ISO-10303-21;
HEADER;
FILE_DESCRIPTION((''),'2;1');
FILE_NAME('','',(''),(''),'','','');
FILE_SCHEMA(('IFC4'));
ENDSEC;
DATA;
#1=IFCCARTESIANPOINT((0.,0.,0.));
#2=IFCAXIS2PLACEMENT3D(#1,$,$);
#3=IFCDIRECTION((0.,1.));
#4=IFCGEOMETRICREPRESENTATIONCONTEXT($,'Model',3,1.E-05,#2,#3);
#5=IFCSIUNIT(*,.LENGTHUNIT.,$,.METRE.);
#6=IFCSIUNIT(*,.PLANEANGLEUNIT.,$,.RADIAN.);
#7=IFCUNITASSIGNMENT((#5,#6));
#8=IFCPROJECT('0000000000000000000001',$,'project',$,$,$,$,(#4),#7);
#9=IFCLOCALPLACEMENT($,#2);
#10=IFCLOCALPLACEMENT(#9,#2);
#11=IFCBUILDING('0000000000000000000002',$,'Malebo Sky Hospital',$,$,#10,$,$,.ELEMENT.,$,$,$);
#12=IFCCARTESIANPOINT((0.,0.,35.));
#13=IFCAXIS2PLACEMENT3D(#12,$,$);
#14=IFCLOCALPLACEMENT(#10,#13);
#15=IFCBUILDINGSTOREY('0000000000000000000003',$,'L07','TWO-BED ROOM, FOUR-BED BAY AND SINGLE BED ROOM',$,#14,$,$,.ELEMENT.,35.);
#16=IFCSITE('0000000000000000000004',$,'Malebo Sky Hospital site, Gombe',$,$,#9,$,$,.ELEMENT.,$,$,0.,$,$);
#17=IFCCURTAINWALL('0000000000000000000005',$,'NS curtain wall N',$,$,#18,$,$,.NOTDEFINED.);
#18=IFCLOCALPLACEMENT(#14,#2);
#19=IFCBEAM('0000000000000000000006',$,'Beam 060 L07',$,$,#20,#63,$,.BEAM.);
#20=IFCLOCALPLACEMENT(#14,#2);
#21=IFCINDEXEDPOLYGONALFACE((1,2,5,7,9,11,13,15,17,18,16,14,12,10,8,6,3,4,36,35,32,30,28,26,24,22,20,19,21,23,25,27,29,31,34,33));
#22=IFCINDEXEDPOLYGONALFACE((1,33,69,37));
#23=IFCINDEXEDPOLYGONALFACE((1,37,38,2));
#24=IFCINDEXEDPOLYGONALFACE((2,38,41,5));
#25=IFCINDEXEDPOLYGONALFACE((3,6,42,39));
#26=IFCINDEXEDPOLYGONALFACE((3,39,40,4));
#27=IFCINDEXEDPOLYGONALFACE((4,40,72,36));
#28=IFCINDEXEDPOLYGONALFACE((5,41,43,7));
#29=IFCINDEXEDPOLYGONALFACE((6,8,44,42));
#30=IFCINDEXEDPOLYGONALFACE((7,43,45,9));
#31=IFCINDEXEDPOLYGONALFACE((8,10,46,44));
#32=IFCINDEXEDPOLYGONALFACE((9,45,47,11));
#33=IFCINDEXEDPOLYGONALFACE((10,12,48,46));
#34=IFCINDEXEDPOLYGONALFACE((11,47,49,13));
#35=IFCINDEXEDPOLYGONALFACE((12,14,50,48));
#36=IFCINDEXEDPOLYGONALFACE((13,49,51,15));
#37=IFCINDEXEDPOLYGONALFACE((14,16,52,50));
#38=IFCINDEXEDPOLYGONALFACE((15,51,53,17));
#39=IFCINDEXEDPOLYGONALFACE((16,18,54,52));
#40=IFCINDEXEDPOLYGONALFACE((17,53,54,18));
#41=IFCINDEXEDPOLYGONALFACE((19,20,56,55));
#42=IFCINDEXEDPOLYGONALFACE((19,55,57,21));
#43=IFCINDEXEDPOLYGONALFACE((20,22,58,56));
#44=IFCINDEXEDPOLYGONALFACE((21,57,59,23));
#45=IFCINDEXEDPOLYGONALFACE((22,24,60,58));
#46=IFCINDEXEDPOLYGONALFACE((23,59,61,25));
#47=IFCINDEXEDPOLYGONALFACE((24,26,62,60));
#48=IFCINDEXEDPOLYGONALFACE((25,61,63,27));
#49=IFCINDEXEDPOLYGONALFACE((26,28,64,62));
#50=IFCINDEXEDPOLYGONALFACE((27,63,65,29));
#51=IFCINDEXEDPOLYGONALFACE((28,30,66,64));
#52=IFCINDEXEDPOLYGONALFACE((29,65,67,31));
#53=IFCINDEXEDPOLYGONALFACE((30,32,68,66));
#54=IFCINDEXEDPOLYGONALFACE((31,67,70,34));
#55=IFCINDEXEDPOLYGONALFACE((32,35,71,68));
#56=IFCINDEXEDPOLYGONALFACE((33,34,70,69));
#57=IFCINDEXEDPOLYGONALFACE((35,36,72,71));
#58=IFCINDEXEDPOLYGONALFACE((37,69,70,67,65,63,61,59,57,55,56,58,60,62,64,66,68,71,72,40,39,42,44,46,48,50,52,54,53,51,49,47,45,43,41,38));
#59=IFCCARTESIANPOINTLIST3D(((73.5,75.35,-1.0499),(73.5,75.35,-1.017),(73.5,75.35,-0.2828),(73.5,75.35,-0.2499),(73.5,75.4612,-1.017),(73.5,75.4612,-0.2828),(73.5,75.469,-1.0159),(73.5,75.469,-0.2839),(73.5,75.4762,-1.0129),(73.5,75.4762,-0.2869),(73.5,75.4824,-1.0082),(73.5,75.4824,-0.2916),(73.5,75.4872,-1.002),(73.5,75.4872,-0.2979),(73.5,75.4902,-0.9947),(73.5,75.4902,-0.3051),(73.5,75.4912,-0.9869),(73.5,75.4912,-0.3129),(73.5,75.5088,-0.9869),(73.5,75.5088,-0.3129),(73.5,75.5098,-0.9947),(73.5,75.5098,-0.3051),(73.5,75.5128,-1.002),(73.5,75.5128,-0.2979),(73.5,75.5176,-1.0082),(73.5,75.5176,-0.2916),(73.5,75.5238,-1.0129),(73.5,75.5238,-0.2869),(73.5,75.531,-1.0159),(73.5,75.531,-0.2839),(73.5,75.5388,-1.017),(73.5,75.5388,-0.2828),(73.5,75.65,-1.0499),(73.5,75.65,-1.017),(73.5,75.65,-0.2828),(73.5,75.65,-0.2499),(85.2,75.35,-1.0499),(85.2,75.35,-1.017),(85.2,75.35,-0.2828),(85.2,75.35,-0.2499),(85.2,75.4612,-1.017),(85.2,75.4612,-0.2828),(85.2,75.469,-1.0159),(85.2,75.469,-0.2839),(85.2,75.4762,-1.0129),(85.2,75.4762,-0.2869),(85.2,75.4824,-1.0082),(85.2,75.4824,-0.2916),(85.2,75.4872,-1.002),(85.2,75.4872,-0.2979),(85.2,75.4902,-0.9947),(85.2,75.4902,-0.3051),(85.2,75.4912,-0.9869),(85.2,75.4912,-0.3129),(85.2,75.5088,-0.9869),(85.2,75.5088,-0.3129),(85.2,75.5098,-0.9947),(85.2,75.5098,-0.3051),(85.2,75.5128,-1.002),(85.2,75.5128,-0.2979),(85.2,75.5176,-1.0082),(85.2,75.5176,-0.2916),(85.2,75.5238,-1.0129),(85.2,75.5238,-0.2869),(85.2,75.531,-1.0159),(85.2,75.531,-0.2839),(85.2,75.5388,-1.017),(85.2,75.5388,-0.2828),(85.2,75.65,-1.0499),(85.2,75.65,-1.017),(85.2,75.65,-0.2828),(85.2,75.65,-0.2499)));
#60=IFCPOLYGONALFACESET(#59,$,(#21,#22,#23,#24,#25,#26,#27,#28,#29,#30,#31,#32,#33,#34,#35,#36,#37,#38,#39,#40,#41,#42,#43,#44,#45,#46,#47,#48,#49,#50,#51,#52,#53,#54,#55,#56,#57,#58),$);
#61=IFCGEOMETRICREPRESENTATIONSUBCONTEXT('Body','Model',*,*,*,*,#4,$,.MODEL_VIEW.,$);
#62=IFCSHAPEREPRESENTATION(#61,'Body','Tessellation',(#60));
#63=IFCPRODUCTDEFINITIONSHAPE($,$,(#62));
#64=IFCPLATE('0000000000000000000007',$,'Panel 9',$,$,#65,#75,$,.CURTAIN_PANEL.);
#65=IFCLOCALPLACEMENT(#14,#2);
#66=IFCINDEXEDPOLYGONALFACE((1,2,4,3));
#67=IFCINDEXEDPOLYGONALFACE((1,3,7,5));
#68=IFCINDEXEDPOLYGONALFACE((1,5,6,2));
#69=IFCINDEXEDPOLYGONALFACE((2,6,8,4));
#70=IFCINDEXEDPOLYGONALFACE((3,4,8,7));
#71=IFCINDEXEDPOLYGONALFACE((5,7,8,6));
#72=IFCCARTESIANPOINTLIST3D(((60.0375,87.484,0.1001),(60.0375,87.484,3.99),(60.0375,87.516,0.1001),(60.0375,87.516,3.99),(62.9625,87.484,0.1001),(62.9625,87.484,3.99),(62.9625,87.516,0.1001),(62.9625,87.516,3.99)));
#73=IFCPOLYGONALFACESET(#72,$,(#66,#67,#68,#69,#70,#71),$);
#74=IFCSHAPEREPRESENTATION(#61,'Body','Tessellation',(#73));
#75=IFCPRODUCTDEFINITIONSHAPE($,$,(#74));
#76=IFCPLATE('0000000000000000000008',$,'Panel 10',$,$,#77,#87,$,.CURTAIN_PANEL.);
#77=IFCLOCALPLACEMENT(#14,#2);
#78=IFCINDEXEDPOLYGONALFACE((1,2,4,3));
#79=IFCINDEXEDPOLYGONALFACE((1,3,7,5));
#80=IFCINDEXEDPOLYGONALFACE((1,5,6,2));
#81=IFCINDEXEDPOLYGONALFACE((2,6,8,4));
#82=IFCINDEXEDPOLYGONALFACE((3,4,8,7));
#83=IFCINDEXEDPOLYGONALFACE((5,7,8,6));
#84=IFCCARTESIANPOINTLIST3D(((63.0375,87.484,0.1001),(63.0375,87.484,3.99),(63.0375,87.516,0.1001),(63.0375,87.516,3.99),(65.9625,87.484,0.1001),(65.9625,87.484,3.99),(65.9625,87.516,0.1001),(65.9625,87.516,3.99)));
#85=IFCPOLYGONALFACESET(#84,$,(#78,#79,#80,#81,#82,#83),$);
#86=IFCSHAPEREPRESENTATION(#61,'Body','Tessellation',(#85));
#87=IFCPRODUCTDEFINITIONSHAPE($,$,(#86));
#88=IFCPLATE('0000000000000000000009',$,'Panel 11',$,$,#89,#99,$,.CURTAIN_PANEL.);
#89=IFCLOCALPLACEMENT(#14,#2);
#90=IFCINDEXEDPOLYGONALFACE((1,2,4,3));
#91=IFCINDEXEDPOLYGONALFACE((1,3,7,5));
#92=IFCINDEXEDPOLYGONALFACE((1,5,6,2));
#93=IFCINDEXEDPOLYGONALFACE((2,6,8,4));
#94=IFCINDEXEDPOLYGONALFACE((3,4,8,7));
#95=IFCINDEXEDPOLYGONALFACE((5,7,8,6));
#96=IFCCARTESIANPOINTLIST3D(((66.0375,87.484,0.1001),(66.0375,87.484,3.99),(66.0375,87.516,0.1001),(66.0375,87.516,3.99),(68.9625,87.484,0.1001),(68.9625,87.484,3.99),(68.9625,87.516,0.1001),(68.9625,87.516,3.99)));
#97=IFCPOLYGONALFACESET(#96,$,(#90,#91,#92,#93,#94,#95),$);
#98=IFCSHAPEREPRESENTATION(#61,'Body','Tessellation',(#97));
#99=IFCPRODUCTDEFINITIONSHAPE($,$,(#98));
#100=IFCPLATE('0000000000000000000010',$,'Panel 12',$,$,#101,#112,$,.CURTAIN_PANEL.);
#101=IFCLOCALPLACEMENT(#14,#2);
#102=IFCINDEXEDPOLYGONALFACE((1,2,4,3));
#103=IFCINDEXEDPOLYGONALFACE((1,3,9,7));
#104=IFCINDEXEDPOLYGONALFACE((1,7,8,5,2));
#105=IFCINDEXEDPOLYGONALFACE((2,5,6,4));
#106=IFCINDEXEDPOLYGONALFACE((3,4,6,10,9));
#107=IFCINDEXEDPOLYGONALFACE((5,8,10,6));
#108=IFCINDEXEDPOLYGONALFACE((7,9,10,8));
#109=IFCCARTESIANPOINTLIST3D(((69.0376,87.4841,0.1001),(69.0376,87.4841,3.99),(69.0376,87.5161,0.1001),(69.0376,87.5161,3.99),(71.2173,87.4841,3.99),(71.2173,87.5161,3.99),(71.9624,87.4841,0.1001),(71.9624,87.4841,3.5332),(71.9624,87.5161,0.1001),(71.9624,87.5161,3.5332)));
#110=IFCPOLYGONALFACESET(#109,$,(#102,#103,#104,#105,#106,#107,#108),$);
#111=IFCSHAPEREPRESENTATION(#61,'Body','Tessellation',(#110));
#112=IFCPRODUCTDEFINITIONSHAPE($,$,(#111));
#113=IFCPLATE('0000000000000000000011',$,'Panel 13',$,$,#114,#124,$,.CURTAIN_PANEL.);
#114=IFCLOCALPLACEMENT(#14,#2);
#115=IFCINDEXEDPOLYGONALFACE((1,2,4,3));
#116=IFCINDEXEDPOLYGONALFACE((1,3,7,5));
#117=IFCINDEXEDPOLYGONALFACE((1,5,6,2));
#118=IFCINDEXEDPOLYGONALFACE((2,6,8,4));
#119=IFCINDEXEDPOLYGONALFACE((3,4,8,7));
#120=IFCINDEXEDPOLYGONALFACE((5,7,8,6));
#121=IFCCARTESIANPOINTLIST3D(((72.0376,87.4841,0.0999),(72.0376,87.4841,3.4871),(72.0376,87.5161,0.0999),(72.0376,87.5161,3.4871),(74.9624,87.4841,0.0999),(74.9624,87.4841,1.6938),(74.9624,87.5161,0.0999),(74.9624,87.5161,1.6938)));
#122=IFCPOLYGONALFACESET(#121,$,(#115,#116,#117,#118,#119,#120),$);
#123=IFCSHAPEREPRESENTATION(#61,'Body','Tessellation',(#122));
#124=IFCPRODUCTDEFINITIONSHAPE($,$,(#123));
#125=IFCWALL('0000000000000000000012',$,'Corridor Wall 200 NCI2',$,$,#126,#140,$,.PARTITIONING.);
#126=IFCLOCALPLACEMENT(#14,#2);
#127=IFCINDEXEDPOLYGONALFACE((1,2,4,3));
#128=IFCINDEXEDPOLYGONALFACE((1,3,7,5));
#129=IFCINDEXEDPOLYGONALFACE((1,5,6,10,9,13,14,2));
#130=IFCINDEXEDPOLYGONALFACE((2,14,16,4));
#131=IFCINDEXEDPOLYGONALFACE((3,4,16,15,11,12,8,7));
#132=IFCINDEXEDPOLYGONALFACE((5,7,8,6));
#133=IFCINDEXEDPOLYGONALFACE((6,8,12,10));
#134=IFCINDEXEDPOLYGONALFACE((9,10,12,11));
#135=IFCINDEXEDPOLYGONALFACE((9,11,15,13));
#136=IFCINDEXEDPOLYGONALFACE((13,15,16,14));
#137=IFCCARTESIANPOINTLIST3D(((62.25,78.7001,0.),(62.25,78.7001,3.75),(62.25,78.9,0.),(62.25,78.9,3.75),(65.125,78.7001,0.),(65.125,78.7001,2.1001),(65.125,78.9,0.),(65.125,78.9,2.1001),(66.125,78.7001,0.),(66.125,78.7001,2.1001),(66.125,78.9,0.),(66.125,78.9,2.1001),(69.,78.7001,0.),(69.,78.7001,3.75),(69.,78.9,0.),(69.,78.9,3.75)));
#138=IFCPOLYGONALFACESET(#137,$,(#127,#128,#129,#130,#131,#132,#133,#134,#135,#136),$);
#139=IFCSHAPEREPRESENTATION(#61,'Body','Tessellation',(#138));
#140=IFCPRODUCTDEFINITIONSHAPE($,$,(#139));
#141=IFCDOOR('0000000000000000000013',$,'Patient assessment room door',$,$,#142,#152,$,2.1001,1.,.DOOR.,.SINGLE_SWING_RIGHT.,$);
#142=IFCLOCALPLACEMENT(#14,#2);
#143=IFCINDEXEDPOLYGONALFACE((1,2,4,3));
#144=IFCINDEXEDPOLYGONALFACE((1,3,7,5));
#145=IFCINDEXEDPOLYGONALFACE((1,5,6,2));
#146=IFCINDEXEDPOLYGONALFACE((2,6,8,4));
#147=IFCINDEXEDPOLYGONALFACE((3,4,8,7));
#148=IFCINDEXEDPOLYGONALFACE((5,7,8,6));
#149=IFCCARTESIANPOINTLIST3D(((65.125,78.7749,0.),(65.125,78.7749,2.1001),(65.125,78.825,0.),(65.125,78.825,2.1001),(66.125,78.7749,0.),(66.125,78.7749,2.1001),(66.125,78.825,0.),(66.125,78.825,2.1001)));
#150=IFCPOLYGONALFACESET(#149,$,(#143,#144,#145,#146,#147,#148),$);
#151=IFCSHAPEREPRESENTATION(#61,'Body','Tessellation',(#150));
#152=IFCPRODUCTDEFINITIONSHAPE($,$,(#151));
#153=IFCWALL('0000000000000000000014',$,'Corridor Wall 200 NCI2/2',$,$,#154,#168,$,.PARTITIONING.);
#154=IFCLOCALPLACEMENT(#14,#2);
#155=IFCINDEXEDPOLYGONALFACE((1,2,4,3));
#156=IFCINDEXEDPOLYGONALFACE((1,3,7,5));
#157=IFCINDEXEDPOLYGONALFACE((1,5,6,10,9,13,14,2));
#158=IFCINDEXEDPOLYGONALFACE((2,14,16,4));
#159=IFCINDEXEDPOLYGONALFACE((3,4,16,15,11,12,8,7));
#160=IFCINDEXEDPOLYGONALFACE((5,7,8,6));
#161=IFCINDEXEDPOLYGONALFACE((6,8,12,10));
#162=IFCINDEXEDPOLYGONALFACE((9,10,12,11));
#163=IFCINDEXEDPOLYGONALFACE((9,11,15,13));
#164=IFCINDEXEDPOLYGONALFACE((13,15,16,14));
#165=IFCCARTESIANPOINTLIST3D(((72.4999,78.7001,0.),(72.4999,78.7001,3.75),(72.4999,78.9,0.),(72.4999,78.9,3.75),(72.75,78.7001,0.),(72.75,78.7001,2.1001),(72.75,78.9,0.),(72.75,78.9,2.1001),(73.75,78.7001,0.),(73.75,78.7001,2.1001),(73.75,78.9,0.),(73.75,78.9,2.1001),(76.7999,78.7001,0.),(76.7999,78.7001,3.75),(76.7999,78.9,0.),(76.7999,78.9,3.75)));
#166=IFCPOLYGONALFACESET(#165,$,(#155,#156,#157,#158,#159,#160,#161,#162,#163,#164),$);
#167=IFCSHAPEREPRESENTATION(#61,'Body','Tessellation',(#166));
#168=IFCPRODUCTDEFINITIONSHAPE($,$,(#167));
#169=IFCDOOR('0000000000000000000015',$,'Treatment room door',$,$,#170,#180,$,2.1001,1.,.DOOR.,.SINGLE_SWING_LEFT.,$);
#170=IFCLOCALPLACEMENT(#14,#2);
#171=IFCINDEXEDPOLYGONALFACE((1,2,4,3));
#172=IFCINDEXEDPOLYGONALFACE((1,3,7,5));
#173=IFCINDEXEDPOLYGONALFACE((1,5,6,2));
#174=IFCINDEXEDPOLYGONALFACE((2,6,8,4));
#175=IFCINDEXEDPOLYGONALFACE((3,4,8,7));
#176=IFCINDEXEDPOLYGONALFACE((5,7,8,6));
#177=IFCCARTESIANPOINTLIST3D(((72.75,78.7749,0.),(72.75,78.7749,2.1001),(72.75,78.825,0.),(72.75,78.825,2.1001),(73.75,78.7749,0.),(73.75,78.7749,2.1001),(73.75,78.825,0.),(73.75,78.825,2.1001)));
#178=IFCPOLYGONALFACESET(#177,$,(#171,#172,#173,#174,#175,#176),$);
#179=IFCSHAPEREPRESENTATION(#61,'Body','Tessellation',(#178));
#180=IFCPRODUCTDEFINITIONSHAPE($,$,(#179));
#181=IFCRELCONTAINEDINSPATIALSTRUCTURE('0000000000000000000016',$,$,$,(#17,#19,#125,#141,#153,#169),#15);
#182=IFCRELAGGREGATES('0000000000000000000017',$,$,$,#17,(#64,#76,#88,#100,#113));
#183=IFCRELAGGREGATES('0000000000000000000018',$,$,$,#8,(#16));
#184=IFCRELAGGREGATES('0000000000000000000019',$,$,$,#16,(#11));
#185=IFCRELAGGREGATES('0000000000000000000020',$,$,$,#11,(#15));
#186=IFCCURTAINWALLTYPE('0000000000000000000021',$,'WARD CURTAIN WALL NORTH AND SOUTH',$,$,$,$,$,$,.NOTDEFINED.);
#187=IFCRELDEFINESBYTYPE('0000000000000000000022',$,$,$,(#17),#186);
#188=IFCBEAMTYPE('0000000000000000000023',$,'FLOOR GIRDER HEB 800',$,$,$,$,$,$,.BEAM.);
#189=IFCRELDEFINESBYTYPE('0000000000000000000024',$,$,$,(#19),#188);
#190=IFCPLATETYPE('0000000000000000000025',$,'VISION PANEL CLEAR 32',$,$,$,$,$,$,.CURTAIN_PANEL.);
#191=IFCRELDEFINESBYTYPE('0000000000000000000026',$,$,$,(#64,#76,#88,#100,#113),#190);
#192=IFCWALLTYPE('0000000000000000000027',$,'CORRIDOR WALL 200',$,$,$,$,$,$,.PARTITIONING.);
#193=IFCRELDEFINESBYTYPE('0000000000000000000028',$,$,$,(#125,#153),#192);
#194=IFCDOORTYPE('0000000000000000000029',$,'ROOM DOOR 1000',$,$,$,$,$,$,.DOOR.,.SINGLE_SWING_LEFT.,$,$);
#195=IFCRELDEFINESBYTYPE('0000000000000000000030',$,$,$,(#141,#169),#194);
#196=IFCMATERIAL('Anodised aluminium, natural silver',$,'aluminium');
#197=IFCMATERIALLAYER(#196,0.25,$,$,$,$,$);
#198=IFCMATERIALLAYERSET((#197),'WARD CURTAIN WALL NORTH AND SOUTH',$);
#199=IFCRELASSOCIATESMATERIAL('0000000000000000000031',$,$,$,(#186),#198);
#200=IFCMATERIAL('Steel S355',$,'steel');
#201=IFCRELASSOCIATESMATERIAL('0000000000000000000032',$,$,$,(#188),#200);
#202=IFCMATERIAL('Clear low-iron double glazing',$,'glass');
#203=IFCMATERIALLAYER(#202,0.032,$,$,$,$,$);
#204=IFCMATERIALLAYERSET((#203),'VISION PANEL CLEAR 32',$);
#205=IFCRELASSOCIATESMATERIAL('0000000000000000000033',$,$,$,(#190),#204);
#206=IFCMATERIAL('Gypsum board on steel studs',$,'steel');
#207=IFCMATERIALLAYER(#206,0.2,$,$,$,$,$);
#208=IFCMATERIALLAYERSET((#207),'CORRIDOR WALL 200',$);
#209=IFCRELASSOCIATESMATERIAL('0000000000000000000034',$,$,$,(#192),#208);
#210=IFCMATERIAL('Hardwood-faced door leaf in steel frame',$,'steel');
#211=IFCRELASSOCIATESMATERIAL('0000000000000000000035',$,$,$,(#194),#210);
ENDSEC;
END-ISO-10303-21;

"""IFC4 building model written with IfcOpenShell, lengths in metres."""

from ifc_helpers import new_model, si_unit, direction, frame, frame_2d, origin, origin_2d, place, context, subcontext, project, spatial, polyline, rectangle, i_section, outline, extrude, material, layer, layer_set, material_profile, profile_set, type_object, element, fill, aggregate, save


model = new_model("IFC4")

# Units and contexts
model_context = context("Model", 3, precision=1e-05, world=origin(), true_north=direction((0.0, 1.0)))
body_context = subcontext(model_context, "Body", "Model", "MODEL_VIEW")
ifc_project = project(units=[si_unit("LENGTHUNIT", "METRE"), si_unit("PLANEANGLEUNIT", "RADIAN")], contexts=[model_context])

# Site, building, storey
site_placement = place(None, origin())
site = spatial("IfcSite", under=ifc_project, at=site_placement, Name="Malebo Sky Hospital site, Gombe", CompositionType="ELEMENT", RefElevation=0.0)
building_placement = place(site_placement, origin())
building = spatial("IfcBuilding", under=site, at=building_placement, Name="Malebo Sky Hospital", CompositionType="ELEMENT")
storey_placement = place(building_placement, frame((0.0, 0.0, 35.0)))
storey = spatial("IfcBuildingStorey", under=building, at=storey_placement, Name="L07", Description="TWO-BED ROOM, FOUR-BED BAY AND SINGLE BED ROOM", CompositionType="ELEMENT", Elevation=35.0)

# Curtain wall
ifc_material_1 = material(Name="Anodised aluminium, natural silver", Category="aluminium")
ifc_layer_1 = layer(ifc_material_1, 0.25)
ifc_layer_set_1 = layer_set([ifc_layer_1], Name="WARD CURTAIN WALL NORTH AND SOUTH")
curtain_wall_type = type_object("IfcCurtainWallType", Name="WARD CURTAIN WALL NORTH AND SOUTH", PredefinedType="NOTDEFINED", material=ifc_layer_set_1)
curtain_wall_placement = place(storey_placement, origin())
curtain_wall = element("IfcCurtainWall", 1, at=curtain_wall_placement, inside=storey, type_object=curtain_wall_type, Name="NS curtain wall N", PredefinedType="NOTDEFINED")

# Beam
ifc_material_2 = material(Name="Steel S355", Category="steel")
ifc_material_profile_1 = material_profile(ifc_material_2, i_section(OverallWidth=0.3, OverallDepth=0.8, WebThickness=0.0176, FlangeThickness=0.033, FilletRadius=0.03, at=origin_2d()), Name="HEB 800")
ifc_profile_set_1 = profile_set([ifc_material_profile_1], Name="Steel S355")
beam_type_1 = type_object("IfcBeamType", Name="FLOOR GIRDER HEB 800", PredefinedType="BEAM", material=ifc_profile_set_1)
for number, where, z_axis, x_axis, name in (
    (2, (73.5, 75.5, -0.6499), (1.0, 0.0, 0.0), (0.0, 1.0, 0.0), "Beam 060 L07"),
):
    element("IfcBeam", number, at=place(storey_placement, frame(where, z_axis=z_axis, x_axis=x_axis)), inside=storey, type_object=beam_type_1, Name=name, PredefinedType="BEAM", context=body_context, shape_type="SweptSolid", body=[
        extrude(i_section(OverallWidth=0.3, OverallDepth=0.8, WebThickness=0.0176, FlangeThickness=0.033, FilletRadius=0.03, at=origin_2d()), origin(), (0.0, 0.0, 1.0), 11.7),
    ])

# Plates
ifc_material_3 = material(Name="Clear low-iron double glazing", Category="glass")
ifc_layer_2 = layer(ifc_material_3, 0.032)
ifc_layer_set_2 = layer_set([ifc_layer_2], Name="VISION PANEL CLEAR 32")
plate_type = type_object("IfcPlateType", Name="VISION PANEL CLEAR 32", PredefinedType="CURTAIN_PANEL", material=ifc_layer_set_2)
plate_1_placement = place(storey_placement, frame((61.5, 87.5, 0.1001), z_axis=(0.0, 0.0, 1.0), x_axis=(1.0, 0.0, 0.0)))
plate_1 = element("IfcPlate", 3, at=plate_1_placement, type_object=plate_type, Name="Panel 9", PredefinedType="CURTAIN_PANEL", context=body_context, shape_type="SweptSolid", body=[
    extrude(rectangle(XDim=2.925, YDim=0.032, at=origin_2d()), origin(), (0.0, 0.0, 1.0), 3.8899),
])
plate_2_placement = place(storey_placement, frame((64.5, 87.5, 0.1001), z_axis=(0.0, 0.0, 1.0), x_axis=(1.0, 0.0, 0.0)))
plate_2 = element("IfcPlate", 4, at=plate_2_placement, type_object=plate_type, Name="Panel 10", PredefinedType="CURTAIN_PANEL", context=body_context, shape_type="SweptSolid", body=[
    extrude(rectangle(XDim=2.925, YDim=0.032, at=origin_2d()), origin(), (0.0, 0.0, 1.0), 3.8899),
])
plate_3_placement = place(storey_placement, frame((67.5, 87.5, 0.1001), z_axis=(0.0, 0.0, 1.0), x_axis=(1.0, 0.0, 0.0)))
plate_3 = element("IfcPlate", 5, at=plate_3_placement, type_object=plate_type, Name="Panel 11", PredefinedType="CURTAIN_PANEL", context=body_context, shape_type="SweptSolid", body=[
    extrude(rectangle(XDim=2.925, YDim=0.032, at=origin_2d()), origin(), (0.0, 0.0, 1.0), 3.8899),
])
plate_4_placement = place(storey_placement, frame((70.5, 87.5, 0.1001), z_axis=(0.0, 0.0, 1.0), x_axis=(1.0, 0.0, 0.0)))
plate_4 = element("IfcPlate", 6, at=plate_4_placement, type_object=plate_type, Name="Panel 12", PredefinedType="CURTAIN_PANEL", context=body_context, shape_type="SweptSolid", body=[
    extrude(outline(polyline([(-1.4624, 0.0), (1.4624, 0.0), (1.4624, 3.4331), (0.7173, 3.8899), (-1.4624, 3.8899), (-1.4624, 0.0)])), frame((0.0, 0.0161, 0.0), z_axis=(0.0, -1.0, 0.0), x_axis=(1.0, 0.0, 0.0)), (0.0, 0.0, 1.0), 0.032),
])
plate_5_placement = place(storey_placement, frame((73.5, 87.5, 0.0999), z_axis=(0.0, 0.0, 1.0), x_axis=(1.0, 0.0, 0.0)))
plate_5 = element("IfcPlate", 7, at=plate_5_placement, type_object=plate_type, Name="Panel 13", PredefinedType="CURTAIN_PANEL", context=body_context, shape_type="SweptSolid", body=[
    extrude(outline(polyline([(-1.4624, 0.0), (1.4624, 0.0), (1.4624, 1.594), (-1.4624, 3.3872), (-1.4624, 0.0)])), frame((0.0, 0.0161, 0.0), z_axis=(0.0, -1.0, 0.0), x_axis=(1.0, 0.0, 0.0)), (0.0, 0.0, 1.0), 0.032),
])
aggregate(curtain_wall, [plate_1, plate_2, plate_3, plate_4, plate_5])

# Walls, openings, doors
ifc_material_4 = material(Name="Gypsum board on steel studs", Category="steel")
ifc_layer_3 = layer(ifc_material_4, 0.2)
ifc_layer_set_3 = layer_set([ifc_layer_3], Name="CORRIDOR WALL 200")
wall_type_1 = type_object("IfcWallType", Name="CORRIDOR WALL 200", PredefinedType="PARTITIONING", material=ifc_layer_set_3)
wall_1_placement = place(storey_placement, frame((62.25, 78.8, 0.0), z_axis=(0.0, 0.0, 1.0), x_axis=(1.0, 0.0, 0.0)))
wall_1 = element("IfcWall", 8, at=wall_1_placement, inside=storey, type_object=wall_type_1, Name="Corridor Wall 200 NCI2", PredefinedType="PARTITIONING", context=body_context, shape_type="SweptSolid", body=[
    extrude(rectangle(XDim=6.75, YDim=0.2, at=frame_2d((3.375, 0.0))), origin(), (0.0, 0.0, 1.0), 3.75),
])
opening_1_placement = place(wall_1_placement, frame((2.875, 0.0, 0.0)))
opening_1 = element("IfcOpeningElement", 9, at=opening_1_placement, cuts=wall_1, PredefinedType="OPENING", context=body_context, shape_type="SweptSolid", body=[
    extrude(rectangle(XDim=1.0, YDim=2.1001, at=frame_2d((0.5, 1.05))), frame((0.0, 0.1099, 0.0), z_axis=(0.0, -1.0, 0.0), x_axis=(1.0, 0.0, 0.0)), (0.0, 0.0, 1.0), 0.22),
])
ifc_material_5 = material(Name="Hardwood-faced door leaf in steel frame", Category="steel")
door_type = type_object("IfcDoorType", Name="ROOM DOOR 1000", OperationType="SINGLE_SWING_LEFT", PredefinedType="DOOR", material=ifc_material_5)
door_1_placement = place(opening_1_placement, origin())
door_1 = element("IfcDoor", 10, at=door_1_placement, inside=storey, type_object=door_type, Name="Patient assessment room door", OperationType="SINGLE_SWING_RIGHT", OverallHeight=2.1001, OverallWidth=1.0, PredefinedType="DOOR", context=body_context, shape_type="SweptSolid", body=[
    extrude(rectangle(XDim=1.0, YDim=2.1001, at=frame_2d((0.5, 1.05))), frame((0.0, 0.0249, 0.0), z_axis=(0.0, -1.0, 0.0), x_axis=(1.0, 0.0, 0.0)), (0.0, 0.0, 1.0), 0.05),
])
fill(opening_1, door_1)
wall_2_placement = place(storey_placement, frame((72.5, 78.8, 0.0), z_axis=(0.0, 0.0, 1.0), x_axis=(1.0, 0.0, 0.0)))
wall_2 = element("IfcWall", 11, at=wall_2_placement, inside=storey, type_object=wall_type_1, Name="Corridor Wall 200 NCI2/2", PredefinedType="PARTITIONING", context=body_context, shape_type="SweptSolid", body=[
    extrude(rectangle(XDim=4.3, YDim=0.2, at=frame_2d((2.1499, 0.0))), origin(), (0.0, 0.0, 1.0), 3.75),
])
opening_2_placement = place(wall_2_placement, frame((0.25, 0.0, 0.0)))
opening_2 = element("IfcOpeningElement", 12, at=opening_2_placement, cuts=wall_2, PredefinedType="OPENING", context=body_context, shape_type="SweptSolid", body=[
    extrude(rectangle(XDim=1.0, YDim=2.1001, at=frame_2d((0.5, 1.05))), frame((0.0, 0.1099, 0.0), z_axis=(0.0, -1.0, 0.0), x_axis=(1.0, 0.0, 0.0)), (0.0, 0.0, 1.0), 0.22),
])
door_2_placement = place(opening_2_placement, origin())
door_2 = element("IfcDoor", 13, at=door_2_placement, inside=storey, type_object=door_type, Name="Treatment room door", OperationType="SINGLE_SWING_LEFT", OverallHeight=2.1001, OverallWidth=1.0, PredefinedType="DOOR", context=body_context, shape_type="SweptSolid", body=[
    extrude(rectangle(XDim=1.0, YDim=2.1001, at=frame_2d((0.5, 1.05))), frame((0.0, 0.0249, 0.0), z_axis=(0.0, -1.0, 0.0), x_axis=(1.0, 0.0, 0.0)), (0.0, 0.0, 1.0), 0.05),
])
fill(opening_2, door_2)

save(model, "model.ifc")
